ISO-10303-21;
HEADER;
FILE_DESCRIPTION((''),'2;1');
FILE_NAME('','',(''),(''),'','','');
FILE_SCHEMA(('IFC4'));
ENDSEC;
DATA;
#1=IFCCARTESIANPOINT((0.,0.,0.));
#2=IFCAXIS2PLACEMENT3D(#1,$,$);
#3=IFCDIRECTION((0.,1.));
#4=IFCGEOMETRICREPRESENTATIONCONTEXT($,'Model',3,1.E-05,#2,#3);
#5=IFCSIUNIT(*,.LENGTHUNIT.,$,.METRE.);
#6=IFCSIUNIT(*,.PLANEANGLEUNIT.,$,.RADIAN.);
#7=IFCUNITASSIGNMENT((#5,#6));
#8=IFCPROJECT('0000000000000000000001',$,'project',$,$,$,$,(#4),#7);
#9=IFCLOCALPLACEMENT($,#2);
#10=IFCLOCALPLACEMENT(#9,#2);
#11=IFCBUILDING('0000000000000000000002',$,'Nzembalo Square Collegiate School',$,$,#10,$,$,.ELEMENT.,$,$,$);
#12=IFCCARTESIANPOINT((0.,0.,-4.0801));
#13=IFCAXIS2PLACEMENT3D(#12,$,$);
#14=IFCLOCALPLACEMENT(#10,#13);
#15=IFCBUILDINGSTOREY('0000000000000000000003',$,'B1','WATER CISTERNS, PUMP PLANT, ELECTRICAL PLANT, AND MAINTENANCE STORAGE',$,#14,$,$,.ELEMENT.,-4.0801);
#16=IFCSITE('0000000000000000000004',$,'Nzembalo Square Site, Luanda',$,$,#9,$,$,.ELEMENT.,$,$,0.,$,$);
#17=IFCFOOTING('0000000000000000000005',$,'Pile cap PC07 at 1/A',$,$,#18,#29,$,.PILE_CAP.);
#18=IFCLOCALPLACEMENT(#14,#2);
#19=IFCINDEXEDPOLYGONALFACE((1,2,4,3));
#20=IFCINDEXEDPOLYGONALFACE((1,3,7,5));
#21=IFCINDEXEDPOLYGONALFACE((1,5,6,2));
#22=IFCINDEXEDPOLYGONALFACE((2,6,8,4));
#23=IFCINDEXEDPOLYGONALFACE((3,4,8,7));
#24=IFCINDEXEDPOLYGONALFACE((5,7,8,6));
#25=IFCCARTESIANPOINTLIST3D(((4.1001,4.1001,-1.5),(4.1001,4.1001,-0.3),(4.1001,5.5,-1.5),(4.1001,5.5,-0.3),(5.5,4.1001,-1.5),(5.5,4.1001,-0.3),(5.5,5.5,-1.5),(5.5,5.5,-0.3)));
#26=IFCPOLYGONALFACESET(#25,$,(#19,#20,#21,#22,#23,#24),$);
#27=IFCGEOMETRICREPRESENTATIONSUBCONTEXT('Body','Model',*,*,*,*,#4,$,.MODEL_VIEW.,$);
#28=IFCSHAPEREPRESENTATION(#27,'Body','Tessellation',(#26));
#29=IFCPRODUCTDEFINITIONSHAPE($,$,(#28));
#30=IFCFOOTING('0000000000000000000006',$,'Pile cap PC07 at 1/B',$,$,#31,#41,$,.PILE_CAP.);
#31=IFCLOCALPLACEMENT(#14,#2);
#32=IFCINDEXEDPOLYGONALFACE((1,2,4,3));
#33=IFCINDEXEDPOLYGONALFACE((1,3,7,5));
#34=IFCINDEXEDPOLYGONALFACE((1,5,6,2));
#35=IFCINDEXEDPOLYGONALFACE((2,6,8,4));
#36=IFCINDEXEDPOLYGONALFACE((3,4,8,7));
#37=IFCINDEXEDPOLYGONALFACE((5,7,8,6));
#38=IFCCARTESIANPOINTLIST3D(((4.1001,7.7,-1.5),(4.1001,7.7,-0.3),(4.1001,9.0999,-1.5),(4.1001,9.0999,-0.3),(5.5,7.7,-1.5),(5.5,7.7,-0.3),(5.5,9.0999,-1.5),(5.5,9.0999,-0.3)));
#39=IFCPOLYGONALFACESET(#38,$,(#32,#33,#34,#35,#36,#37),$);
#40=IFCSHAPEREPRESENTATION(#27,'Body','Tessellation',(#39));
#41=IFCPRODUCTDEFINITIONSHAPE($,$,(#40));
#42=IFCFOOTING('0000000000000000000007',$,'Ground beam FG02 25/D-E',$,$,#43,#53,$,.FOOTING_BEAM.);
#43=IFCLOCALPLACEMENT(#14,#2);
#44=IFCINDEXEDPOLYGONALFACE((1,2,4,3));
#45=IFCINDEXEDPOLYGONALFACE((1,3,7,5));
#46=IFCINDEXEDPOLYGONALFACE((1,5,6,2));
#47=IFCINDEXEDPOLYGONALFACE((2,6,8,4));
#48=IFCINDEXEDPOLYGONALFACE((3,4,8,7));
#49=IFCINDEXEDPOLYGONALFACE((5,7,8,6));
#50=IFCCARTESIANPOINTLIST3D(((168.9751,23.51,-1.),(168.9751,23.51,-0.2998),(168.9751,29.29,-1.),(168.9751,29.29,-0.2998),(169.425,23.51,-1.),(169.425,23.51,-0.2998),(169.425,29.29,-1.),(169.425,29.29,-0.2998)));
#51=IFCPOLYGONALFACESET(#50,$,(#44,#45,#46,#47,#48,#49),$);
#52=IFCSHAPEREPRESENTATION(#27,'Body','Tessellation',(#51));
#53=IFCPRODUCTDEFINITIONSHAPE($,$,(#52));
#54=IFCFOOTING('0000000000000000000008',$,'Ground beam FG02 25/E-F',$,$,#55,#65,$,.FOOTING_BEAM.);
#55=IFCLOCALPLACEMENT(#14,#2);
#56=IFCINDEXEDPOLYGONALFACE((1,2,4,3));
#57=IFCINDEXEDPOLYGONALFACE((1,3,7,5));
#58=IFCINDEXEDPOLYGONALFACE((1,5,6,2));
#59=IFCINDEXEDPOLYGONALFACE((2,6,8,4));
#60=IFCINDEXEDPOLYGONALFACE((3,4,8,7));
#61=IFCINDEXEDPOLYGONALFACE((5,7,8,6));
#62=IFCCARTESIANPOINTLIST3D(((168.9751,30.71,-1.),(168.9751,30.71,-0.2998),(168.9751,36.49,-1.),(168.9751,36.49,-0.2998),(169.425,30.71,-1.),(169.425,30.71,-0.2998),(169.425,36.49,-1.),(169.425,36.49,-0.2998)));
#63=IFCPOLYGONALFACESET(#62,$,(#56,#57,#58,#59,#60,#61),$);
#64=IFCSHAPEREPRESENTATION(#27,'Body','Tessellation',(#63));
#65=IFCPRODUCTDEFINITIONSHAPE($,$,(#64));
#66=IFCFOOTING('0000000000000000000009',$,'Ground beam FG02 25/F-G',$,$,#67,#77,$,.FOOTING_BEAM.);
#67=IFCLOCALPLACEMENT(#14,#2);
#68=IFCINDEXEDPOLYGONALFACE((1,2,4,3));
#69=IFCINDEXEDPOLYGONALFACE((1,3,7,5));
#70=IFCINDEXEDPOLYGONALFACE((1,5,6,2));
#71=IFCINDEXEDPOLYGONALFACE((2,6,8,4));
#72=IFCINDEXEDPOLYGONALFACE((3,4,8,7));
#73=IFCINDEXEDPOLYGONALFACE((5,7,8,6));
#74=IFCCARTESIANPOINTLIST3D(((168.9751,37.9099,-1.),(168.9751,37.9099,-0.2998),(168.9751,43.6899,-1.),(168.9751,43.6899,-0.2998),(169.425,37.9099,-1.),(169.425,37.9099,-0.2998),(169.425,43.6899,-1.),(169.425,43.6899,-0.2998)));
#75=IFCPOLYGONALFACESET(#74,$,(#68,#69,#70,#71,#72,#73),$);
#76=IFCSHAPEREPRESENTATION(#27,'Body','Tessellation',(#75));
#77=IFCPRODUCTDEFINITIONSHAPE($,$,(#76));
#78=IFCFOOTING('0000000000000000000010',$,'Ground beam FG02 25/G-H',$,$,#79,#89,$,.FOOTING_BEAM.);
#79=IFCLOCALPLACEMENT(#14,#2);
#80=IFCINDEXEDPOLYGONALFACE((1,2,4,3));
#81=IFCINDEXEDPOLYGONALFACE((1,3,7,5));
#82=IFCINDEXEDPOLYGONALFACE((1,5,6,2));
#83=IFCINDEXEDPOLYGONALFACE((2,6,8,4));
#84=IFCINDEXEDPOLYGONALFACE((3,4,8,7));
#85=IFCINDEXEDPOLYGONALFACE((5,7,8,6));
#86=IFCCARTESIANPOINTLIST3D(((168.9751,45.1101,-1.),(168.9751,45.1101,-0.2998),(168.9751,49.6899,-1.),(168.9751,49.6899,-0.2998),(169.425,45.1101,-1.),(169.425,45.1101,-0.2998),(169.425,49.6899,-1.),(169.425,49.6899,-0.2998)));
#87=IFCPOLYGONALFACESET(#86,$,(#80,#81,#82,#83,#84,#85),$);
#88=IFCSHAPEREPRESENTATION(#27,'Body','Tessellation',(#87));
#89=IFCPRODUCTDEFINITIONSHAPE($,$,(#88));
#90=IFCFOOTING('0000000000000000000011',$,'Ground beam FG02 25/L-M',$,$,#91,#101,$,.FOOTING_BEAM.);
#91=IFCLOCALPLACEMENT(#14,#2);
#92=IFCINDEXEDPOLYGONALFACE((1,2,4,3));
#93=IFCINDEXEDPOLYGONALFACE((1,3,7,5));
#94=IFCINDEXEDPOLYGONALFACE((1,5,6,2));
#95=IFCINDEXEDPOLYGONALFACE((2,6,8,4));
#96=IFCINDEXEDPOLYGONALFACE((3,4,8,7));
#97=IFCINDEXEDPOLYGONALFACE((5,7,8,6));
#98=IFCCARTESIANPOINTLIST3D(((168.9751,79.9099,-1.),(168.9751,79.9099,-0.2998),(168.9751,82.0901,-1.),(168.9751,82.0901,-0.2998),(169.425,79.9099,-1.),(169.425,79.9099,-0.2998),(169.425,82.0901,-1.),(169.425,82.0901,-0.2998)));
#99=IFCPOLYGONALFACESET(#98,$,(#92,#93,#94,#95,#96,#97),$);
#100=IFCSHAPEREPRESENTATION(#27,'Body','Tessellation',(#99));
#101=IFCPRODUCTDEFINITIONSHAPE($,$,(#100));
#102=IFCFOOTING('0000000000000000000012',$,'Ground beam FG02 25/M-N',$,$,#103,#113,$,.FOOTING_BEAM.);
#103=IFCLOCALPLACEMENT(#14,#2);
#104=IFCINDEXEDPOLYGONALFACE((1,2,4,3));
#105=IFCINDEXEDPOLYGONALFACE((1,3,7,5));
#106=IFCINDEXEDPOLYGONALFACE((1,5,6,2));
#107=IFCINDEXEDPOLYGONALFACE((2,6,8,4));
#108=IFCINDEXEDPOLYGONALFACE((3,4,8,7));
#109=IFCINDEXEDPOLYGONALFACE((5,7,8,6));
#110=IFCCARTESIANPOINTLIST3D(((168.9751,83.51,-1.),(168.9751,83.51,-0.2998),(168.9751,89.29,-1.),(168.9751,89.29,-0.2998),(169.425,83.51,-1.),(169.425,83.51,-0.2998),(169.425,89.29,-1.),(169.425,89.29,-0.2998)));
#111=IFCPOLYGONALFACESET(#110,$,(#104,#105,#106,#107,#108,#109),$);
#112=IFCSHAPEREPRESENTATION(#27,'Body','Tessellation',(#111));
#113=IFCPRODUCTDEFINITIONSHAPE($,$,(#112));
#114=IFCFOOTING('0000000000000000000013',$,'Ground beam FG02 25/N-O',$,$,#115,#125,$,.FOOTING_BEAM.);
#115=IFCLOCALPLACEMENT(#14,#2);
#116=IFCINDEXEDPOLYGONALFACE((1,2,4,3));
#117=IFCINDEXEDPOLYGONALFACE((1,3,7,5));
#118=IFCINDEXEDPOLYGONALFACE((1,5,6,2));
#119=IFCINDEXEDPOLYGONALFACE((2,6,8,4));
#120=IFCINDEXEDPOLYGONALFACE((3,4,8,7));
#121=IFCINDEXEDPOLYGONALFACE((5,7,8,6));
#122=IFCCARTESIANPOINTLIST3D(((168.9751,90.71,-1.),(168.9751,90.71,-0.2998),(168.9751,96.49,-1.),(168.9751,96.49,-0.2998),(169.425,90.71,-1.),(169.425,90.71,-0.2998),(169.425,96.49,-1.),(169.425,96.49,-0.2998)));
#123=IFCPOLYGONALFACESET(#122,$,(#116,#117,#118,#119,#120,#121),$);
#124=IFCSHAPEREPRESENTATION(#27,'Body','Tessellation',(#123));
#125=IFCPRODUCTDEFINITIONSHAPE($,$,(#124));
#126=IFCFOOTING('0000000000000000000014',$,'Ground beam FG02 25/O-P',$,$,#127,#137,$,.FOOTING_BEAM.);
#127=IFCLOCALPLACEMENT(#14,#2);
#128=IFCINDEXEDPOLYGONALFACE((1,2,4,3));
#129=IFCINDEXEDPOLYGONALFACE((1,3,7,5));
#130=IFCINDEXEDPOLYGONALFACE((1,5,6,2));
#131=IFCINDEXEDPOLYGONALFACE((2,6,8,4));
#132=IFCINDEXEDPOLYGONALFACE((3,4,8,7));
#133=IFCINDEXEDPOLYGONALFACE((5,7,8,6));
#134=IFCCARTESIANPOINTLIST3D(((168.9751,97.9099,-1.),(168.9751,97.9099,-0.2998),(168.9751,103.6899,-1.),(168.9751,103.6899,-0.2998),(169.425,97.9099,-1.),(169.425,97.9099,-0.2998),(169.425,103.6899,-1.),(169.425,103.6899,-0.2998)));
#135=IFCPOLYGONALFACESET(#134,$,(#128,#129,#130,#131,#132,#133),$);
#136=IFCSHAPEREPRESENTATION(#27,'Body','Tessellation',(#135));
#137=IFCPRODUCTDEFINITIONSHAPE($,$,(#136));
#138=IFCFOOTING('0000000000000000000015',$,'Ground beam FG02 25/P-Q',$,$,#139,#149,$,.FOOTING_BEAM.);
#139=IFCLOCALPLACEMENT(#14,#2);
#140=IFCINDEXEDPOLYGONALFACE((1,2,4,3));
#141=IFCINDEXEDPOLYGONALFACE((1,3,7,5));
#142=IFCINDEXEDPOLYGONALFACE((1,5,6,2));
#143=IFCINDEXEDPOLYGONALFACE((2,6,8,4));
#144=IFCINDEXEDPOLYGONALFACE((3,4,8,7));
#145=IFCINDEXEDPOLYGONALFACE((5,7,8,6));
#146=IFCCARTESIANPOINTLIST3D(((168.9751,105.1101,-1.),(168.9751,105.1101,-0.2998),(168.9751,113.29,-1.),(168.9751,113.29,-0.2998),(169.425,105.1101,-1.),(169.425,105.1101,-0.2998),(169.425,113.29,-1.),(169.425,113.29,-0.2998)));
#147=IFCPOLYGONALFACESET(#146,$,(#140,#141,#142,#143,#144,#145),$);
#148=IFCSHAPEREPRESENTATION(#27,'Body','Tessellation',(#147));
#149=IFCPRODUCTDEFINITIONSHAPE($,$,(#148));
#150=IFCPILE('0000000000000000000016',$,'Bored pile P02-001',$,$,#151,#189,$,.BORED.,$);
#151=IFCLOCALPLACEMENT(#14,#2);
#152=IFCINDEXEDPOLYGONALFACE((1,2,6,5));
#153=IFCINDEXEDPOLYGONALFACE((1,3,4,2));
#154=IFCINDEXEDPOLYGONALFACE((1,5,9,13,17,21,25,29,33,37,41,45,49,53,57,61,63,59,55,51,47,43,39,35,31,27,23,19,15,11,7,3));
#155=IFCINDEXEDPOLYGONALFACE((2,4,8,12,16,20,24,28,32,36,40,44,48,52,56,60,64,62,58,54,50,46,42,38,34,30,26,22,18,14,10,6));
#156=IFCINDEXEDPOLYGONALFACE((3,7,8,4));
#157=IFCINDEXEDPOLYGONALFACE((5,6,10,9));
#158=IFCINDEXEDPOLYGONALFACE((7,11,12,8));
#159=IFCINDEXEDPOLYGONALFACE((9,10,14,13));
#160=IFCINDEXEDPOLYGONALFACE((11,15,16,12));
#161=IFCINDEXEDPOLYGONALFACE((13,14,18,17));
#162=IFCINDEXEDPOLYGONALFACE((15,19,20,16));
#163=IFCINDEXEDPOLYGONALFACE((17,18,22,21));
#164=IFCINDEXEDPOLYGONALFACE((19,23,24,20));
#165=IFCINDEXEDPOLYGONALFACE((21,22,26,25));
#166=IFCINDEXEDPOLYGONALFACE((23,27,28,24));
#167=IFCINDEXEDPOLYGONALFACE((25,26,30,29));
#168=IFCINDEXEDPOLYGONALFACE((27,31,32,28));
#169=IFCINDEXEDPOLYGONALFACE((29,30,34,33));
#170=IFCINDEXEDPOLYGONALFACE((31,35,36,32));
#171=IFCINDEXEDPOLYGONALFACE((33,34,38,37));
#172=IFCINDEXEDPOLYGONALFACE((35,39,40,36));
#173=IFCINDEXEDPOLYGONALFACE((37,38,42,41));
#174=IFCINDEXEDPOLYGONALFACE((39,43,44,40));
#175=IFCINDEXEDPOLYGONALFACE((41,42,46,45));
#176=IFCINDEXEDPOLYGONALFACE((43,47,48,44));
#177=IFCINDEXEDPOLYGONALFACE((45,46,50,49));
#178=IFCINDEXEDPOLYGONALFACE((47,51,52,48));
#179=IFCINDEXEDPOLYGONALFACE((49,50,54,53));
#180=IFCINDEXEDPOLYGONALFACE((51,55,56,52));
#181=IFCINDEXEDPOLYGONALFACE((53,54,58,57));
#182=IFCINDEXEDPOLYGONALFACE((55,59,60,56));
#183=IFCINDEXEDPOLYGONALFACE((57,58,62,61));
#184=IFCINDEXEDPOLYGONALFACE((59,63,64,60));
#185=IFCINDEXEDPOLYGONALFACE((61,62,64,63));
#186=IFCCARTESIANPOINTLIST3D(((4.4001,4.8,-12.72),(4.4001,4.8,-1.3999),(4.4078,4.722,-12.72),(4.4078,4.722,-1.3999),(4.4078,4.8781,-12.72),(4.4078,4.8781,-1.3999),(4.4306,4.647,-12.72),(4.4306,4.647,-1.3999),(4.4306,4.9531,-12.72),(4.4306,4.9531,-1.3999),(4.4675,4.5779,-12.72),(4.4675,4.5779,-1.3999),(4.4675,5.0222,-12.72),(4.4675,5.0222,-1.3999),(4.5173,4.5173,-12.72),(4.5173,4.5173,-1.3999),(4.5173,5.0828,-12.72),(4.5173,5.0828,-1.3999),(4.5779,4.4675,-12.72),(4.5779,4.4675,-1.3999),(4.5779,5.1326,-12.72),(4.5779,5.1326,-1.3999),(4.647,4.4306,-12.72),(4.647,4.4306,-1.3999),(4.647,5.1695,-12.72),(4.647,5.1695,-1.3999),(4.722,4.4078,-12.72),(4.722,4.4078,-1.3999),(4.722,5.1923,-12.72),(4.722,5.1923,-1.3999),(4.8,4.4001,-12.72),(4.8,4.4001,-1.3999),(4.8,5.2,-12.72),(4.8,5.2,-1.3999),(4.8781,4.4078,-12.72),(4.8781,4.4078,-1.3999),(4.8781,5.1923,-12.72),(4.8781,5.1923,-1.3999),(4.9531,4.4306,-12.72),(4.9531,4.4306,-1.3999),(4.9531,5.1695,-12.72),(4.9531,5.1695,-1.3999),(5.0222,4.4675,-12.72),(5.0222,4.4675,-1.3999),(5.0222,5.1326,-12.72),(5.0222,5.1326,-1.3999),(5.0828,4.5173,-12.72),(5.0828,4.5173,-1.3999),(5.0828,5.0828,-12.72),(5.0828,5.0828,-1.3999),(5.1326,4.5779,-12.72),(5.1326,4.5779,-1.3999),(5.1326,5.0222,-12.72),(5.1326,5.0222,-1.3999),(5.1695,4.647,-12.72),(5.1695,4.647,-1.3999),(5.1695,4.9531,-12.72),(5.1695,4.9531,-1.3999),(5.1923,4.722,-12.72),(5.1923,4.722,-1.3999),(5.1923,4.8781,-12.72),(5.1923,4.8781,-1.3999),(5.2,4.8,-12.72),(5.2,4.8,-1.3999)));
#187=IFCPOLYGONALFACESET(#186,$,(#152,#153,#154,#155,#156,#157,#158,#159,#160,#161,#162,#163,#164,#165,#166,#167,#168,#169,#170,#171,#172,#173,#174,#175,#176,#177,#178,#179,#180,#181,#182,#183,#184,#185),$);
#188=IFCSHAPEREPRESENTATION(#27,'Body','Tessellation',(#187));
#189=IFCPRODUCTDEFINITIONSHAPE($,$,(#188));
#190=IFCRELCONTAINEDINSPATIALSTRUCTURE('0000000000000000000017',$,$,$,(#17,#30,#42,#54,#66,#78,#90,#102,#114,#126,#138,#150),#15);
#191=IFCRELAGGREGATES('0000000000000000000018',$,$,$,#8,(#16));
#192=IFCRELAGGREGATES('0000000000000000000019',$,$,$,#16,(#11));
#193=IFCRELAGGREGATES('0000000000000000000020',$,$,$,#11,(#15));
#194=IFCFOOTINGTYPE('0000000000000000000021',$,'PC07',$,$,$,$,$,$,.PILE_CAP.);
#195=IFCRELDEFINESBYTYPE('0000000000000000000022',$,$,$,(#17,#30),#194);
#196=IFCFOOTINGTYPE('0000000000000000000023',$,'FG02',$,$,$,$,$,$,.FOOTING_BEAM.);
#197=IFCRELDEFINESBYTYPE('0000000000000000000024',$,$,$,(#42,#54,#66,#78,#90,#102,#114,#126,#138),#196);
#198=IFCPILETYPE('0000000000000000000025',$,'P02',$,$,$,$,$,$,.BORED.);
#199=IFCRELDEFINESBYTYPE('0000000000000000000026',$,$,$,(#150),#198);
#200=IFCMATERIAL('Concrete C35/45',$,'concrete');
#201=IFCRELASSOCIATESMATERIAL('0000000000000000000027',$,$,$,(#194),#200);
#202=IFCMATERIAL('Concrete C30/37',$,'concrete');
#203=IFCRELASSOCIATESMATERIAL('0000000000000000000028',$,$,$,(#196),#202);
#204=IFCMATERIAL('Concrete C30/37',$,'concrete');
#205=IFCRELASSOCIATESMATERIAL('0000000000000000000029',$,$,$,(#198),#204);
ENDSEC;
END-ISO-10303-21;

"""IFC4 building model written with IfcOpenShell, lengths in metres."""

from ifc_helpers import new_model, si_unit, direction, frame, origin, origin_2d, place, context, subcontext, project, spatial, polyline, rectangle, circle, outline, extrude, material, material_profile, profile_set, type_object, element, save


model = new_model("IFC4")

# Units and contexts
model_context = context("Model", 3, precision=1e-05, world=origin(), true_north=direction((0.0, 1.0)))
body_context = subcontext(model_context, "Body", "Model", "MODEL_VIEW")
ifc_project = project(units=[si_unit("LENGTHUNIT", "METRE"), si_unit("PLANEANGLEUNIT", "RADIAN")], contexts=[model_context])

# Site, building, storey
site_placement = place(None, origin())
site = spatial("IfcSite", under=ifc_project, at=site_placement, Name="Nzembalo Square Site, Luanda", CompositionType="ELEMENT", RefElevation=0.0)
building_placement = place(site_placement, origin())
building = spatial("IfcBuilding", under=site, at=building_placement, Name="Nzembalo Square Collegiate School", CompositionType="ELEMENT")
storey_placement = place(building_placement, frame((0.0, 0.0, -4.0801)))
storey = spatial("IfcBuildingStorey", under=building, at=storey_placement, Name="B1", Description="WATER CISTERNS, PUMP PLANT, ELECTRICAL PLANT, AND MAINTENANCE STORAGE", CompositionType="ELEMENT", Elevation=-4.0801)

# Footings
ifc_material_1 = material(Name="Concrete C35/45", Category="concrete")
footing_type_1 = type_object("IfcFootingType", Name="PC07", PredefinedType="PILE_CAP", material=ifc_material_1)
for number, where, z_axis, x_axis, name in (
    (1, (4.8, 4.8, -1.5), (0.0, 0.0, 1.0), (1.0, 0.0, 0.0), "Pile cap PC07 at 1/A"),
    (2, (4.8, 8.3999, -1.5), (0.0, 0.0, 1.0), (1.0, 0.0, 0.0), "Pile cap PC07 at 1/B"),
):
    element("IfcFooting", number, at=place(storey_placement, frame(where, z_axis=z_axis, x_axis=x_axis)), inside=storey, type_object=footing_type_1, Name=name, PredefinedType="PILE_CAP", context=body_context, shape_type="SweptSolid", body=[
        extrude(rectangle(XDim=1.3999, YDim=1.3999, at=origin_2d()), origin(), (0.0, 0.0, 1.0), 1.2),
    ])
ifc_material_2 = material(Name="Concrete C30/37", Category="concrete")
footing_type_2 = type_object("IfcFootingType", Name="FG02", PredefinedType="FOOTING_BEAM", material=ifc_material_2)
footing_1_placement = place(storey_placement, frame((0.0, 0.0, -1.0)))
element("IfcFooting", 3, at=footing_1_placement, inside=storey, type_object=footing_type_2, Name="Ground beam FG02 25/D-E", PredefinedType="FOOTING_BEAM", context=body_context, shape_type="SweptSolid", body=[
    extrude(outline(polyline([(168.9751, 23.51), (169.425, 23.51), (169.425, 29.29), (168.9751, 29.29), (168.9751, 23.51)])), origin(), (0.0, 0.0, 1.0), 0.7002),
])
footing_2_placement = place(storey_placement, frame((0.0, 0.0, -1.0)))
element("IfcFooting", 4, at=footing_2_placement, inside=storey, type_object=footing_type_2, Name="Ground beam FG02 25/E-F", PredefinedType="FOOTING_BEAM", context=body_context, shape_type="SweptSolid", body=[
    extrude(outline(polyline([(168.9751, 30.71), (169.425, 30.71), (169.425, 36.49), (168.9751, 36.49), (168.9751, 30.71)])), origin(), (0.0, 0.0, 1.0), 0.7002),
])
footing_3_placement = place(storey_placement, frame((0.0, 0.0, -1.0)))
element("IfcFooting", 5, at=footing_3_placement, inside=storey, type_object=footing_type_2, Name="Ground beam FG02 25/F-G", PredefinedType="FOOTING_BEAM", context=body_context, shape_type="SweptSolid", body=[
    extrude(outline(polyline([(168.9751, 37.9099), (169.425, 37.9099), (169.425, 43.6899), (168.9751, 43.6899), (168.9751, 37.9099)])), origin(), (0.0, 0.0, 1.0), 0.7002),
])
footing_4_placement = place(storey_placement, frame((0.0, 0.0, -1.0)))
element("IfcFooting", 6, at=footing_4_placement, inside=storey, type_object=footing_type_2, Name="Ground beam FG02 25/G-H", PredefinedType="FOOTING_BEAM", context=body_context, shape_type="SweptSolid", body=[
    extrude(outline(polyline([(168.9751, 45.1101), (169.425, 45.1101), (169.425, 49.6899), (168.9751, 49.6899), (168.9751, 45.1101)])), origin(), (0.0, 0.0, 1.0), 0.7002),
])
footing_5_placement = place(storey_placement, frame((0.0, 0.0, -1.0)))
element("IfcFooting", 7, at=footing_5_placement, inside=storey, type_object=footing_type_2, Name="Ground beam FG02 25/L-M", PredefinedType="FOOTING_BEAM", context=body_context, shape_type="SweptSolid", body=[
    extrude(outline(polyline([(168.9751, 79.9099), (169.425, 79.9099), (169.425, 82.0901), (168.9751, 82.0901), (168.9751, 79.9099)])), origin(), (0.0, 0.0, 1.0), 0.7002),
])
footing_6_placement = place(storey_placement, frame((0.0, 0.0, -1.0)))
element("IfcFooting", 8, at=footing_6_placement, inside=storey, type_object=footing_type_2, Name="Ground beam FG02 25/M-N", PredefinedType="FOOTING_BEAM", context=body_context, shape_type="SweptSolid", body=[
    extrude(outline(polyline([(168.9751, 83.51), (169.425, 83.51), (169.425, 89.29), (168.9751, 89.29), (168.9751, 83.51)])), origin(), (0.0, 0.0, 1.0), 0.7002),
])
footing_7_placement = place(storey_placement, frame((0.0, 0.0, -1.0)))
element("IfcFooting", 9, at=footing_7_placement, inside=storey, type_object=footing_type_2, Name="Ground beam FG02 25/N-O", PredefinedType="FOOTING_BEAM", context=body_context, shape_type="SweptSolid", body=[
    extrude(outline(polyline([(168.9751, 90.71), (169.425, 90.71), (169.425, 96.49), (168.9751, 96.49), (168.9751, 90.71)])), origin(), (0.0, 0.0, 1.0), 0.7002),
])
footing_8_placement = place(storey_placement, frame((0.0, 0.0, -1.0)))
element("IfcFooting", 10, at=footing_8_placement, inside=storey, type_object=footing_type_2, Name="Ground beam FG02 25/O-P", PredefinedType="FOOTING_BEAM", context=body_context, shape_type="SweptSolid", body=[
    extrude(outline(polyline([(168.9751, 97.9099), (169.425, 97.9099), (169.425, 103.6899), (168.9751, 103.6899), (168.9751, 97.9099)])), origin(), (0.0, 0.0, 1.0), 0.7002),
])
footing_9_placement = place(storey_placement, frame((0.0, 0.0, -1.0)))
element("IfcFooting", 11, at=footing_9_placement, inside=storey, type_object=footing_type_2, Name="Ground beam FG02 25/P-Q", PredefinedType="FOOTING_BEAM", context=body_context, shape_type="SweptSolid", body=[
    extrude(outline(polyline([(168.9751, 105.1101), (169.425, 105.1101), (169.425, 113.29), (168.9751, 113.29), (168.9751, 105.1101)])), origin(), (0.0, 0.0, 1.0), 0.7002),
])

# Pile
ifc_material_3 = material(Name="Concrete C30/37", Category="concrete")
ifc_material_profile_1 = material_profile(ifc_material_3, circle(Radius=0.3999, at=origin_2d()), Name="PILE D800")
ifc_profile_set_1 = profile_set([ifc_material_profile_1], Name="Concrete C30/37")
pile_type = type_object("IfcPileType", Name="P02", PredefinedType="BORED", material=ifc_profile_set_1)
pile_placement = place(storey_placement, frame((4.8, 4.8, -1.3999), z_axis=(0.0, 0.0, -1.0), x_axis=(1.0, 0.0, 0.0)))
element("IfcPile", 12, at=pile_placement, inside=storey, type_object=pile_type, Name="Bored pile P02-001", PredefinedType="BORED", context=body_context, shape_type="SweptSolid", body=[
    extrude(circle(Radius=0.3999, at=origin_2d()), origin(), (0.0, 0.0, 1.0), 11.3201),
])

save(model, "model.ifc")
